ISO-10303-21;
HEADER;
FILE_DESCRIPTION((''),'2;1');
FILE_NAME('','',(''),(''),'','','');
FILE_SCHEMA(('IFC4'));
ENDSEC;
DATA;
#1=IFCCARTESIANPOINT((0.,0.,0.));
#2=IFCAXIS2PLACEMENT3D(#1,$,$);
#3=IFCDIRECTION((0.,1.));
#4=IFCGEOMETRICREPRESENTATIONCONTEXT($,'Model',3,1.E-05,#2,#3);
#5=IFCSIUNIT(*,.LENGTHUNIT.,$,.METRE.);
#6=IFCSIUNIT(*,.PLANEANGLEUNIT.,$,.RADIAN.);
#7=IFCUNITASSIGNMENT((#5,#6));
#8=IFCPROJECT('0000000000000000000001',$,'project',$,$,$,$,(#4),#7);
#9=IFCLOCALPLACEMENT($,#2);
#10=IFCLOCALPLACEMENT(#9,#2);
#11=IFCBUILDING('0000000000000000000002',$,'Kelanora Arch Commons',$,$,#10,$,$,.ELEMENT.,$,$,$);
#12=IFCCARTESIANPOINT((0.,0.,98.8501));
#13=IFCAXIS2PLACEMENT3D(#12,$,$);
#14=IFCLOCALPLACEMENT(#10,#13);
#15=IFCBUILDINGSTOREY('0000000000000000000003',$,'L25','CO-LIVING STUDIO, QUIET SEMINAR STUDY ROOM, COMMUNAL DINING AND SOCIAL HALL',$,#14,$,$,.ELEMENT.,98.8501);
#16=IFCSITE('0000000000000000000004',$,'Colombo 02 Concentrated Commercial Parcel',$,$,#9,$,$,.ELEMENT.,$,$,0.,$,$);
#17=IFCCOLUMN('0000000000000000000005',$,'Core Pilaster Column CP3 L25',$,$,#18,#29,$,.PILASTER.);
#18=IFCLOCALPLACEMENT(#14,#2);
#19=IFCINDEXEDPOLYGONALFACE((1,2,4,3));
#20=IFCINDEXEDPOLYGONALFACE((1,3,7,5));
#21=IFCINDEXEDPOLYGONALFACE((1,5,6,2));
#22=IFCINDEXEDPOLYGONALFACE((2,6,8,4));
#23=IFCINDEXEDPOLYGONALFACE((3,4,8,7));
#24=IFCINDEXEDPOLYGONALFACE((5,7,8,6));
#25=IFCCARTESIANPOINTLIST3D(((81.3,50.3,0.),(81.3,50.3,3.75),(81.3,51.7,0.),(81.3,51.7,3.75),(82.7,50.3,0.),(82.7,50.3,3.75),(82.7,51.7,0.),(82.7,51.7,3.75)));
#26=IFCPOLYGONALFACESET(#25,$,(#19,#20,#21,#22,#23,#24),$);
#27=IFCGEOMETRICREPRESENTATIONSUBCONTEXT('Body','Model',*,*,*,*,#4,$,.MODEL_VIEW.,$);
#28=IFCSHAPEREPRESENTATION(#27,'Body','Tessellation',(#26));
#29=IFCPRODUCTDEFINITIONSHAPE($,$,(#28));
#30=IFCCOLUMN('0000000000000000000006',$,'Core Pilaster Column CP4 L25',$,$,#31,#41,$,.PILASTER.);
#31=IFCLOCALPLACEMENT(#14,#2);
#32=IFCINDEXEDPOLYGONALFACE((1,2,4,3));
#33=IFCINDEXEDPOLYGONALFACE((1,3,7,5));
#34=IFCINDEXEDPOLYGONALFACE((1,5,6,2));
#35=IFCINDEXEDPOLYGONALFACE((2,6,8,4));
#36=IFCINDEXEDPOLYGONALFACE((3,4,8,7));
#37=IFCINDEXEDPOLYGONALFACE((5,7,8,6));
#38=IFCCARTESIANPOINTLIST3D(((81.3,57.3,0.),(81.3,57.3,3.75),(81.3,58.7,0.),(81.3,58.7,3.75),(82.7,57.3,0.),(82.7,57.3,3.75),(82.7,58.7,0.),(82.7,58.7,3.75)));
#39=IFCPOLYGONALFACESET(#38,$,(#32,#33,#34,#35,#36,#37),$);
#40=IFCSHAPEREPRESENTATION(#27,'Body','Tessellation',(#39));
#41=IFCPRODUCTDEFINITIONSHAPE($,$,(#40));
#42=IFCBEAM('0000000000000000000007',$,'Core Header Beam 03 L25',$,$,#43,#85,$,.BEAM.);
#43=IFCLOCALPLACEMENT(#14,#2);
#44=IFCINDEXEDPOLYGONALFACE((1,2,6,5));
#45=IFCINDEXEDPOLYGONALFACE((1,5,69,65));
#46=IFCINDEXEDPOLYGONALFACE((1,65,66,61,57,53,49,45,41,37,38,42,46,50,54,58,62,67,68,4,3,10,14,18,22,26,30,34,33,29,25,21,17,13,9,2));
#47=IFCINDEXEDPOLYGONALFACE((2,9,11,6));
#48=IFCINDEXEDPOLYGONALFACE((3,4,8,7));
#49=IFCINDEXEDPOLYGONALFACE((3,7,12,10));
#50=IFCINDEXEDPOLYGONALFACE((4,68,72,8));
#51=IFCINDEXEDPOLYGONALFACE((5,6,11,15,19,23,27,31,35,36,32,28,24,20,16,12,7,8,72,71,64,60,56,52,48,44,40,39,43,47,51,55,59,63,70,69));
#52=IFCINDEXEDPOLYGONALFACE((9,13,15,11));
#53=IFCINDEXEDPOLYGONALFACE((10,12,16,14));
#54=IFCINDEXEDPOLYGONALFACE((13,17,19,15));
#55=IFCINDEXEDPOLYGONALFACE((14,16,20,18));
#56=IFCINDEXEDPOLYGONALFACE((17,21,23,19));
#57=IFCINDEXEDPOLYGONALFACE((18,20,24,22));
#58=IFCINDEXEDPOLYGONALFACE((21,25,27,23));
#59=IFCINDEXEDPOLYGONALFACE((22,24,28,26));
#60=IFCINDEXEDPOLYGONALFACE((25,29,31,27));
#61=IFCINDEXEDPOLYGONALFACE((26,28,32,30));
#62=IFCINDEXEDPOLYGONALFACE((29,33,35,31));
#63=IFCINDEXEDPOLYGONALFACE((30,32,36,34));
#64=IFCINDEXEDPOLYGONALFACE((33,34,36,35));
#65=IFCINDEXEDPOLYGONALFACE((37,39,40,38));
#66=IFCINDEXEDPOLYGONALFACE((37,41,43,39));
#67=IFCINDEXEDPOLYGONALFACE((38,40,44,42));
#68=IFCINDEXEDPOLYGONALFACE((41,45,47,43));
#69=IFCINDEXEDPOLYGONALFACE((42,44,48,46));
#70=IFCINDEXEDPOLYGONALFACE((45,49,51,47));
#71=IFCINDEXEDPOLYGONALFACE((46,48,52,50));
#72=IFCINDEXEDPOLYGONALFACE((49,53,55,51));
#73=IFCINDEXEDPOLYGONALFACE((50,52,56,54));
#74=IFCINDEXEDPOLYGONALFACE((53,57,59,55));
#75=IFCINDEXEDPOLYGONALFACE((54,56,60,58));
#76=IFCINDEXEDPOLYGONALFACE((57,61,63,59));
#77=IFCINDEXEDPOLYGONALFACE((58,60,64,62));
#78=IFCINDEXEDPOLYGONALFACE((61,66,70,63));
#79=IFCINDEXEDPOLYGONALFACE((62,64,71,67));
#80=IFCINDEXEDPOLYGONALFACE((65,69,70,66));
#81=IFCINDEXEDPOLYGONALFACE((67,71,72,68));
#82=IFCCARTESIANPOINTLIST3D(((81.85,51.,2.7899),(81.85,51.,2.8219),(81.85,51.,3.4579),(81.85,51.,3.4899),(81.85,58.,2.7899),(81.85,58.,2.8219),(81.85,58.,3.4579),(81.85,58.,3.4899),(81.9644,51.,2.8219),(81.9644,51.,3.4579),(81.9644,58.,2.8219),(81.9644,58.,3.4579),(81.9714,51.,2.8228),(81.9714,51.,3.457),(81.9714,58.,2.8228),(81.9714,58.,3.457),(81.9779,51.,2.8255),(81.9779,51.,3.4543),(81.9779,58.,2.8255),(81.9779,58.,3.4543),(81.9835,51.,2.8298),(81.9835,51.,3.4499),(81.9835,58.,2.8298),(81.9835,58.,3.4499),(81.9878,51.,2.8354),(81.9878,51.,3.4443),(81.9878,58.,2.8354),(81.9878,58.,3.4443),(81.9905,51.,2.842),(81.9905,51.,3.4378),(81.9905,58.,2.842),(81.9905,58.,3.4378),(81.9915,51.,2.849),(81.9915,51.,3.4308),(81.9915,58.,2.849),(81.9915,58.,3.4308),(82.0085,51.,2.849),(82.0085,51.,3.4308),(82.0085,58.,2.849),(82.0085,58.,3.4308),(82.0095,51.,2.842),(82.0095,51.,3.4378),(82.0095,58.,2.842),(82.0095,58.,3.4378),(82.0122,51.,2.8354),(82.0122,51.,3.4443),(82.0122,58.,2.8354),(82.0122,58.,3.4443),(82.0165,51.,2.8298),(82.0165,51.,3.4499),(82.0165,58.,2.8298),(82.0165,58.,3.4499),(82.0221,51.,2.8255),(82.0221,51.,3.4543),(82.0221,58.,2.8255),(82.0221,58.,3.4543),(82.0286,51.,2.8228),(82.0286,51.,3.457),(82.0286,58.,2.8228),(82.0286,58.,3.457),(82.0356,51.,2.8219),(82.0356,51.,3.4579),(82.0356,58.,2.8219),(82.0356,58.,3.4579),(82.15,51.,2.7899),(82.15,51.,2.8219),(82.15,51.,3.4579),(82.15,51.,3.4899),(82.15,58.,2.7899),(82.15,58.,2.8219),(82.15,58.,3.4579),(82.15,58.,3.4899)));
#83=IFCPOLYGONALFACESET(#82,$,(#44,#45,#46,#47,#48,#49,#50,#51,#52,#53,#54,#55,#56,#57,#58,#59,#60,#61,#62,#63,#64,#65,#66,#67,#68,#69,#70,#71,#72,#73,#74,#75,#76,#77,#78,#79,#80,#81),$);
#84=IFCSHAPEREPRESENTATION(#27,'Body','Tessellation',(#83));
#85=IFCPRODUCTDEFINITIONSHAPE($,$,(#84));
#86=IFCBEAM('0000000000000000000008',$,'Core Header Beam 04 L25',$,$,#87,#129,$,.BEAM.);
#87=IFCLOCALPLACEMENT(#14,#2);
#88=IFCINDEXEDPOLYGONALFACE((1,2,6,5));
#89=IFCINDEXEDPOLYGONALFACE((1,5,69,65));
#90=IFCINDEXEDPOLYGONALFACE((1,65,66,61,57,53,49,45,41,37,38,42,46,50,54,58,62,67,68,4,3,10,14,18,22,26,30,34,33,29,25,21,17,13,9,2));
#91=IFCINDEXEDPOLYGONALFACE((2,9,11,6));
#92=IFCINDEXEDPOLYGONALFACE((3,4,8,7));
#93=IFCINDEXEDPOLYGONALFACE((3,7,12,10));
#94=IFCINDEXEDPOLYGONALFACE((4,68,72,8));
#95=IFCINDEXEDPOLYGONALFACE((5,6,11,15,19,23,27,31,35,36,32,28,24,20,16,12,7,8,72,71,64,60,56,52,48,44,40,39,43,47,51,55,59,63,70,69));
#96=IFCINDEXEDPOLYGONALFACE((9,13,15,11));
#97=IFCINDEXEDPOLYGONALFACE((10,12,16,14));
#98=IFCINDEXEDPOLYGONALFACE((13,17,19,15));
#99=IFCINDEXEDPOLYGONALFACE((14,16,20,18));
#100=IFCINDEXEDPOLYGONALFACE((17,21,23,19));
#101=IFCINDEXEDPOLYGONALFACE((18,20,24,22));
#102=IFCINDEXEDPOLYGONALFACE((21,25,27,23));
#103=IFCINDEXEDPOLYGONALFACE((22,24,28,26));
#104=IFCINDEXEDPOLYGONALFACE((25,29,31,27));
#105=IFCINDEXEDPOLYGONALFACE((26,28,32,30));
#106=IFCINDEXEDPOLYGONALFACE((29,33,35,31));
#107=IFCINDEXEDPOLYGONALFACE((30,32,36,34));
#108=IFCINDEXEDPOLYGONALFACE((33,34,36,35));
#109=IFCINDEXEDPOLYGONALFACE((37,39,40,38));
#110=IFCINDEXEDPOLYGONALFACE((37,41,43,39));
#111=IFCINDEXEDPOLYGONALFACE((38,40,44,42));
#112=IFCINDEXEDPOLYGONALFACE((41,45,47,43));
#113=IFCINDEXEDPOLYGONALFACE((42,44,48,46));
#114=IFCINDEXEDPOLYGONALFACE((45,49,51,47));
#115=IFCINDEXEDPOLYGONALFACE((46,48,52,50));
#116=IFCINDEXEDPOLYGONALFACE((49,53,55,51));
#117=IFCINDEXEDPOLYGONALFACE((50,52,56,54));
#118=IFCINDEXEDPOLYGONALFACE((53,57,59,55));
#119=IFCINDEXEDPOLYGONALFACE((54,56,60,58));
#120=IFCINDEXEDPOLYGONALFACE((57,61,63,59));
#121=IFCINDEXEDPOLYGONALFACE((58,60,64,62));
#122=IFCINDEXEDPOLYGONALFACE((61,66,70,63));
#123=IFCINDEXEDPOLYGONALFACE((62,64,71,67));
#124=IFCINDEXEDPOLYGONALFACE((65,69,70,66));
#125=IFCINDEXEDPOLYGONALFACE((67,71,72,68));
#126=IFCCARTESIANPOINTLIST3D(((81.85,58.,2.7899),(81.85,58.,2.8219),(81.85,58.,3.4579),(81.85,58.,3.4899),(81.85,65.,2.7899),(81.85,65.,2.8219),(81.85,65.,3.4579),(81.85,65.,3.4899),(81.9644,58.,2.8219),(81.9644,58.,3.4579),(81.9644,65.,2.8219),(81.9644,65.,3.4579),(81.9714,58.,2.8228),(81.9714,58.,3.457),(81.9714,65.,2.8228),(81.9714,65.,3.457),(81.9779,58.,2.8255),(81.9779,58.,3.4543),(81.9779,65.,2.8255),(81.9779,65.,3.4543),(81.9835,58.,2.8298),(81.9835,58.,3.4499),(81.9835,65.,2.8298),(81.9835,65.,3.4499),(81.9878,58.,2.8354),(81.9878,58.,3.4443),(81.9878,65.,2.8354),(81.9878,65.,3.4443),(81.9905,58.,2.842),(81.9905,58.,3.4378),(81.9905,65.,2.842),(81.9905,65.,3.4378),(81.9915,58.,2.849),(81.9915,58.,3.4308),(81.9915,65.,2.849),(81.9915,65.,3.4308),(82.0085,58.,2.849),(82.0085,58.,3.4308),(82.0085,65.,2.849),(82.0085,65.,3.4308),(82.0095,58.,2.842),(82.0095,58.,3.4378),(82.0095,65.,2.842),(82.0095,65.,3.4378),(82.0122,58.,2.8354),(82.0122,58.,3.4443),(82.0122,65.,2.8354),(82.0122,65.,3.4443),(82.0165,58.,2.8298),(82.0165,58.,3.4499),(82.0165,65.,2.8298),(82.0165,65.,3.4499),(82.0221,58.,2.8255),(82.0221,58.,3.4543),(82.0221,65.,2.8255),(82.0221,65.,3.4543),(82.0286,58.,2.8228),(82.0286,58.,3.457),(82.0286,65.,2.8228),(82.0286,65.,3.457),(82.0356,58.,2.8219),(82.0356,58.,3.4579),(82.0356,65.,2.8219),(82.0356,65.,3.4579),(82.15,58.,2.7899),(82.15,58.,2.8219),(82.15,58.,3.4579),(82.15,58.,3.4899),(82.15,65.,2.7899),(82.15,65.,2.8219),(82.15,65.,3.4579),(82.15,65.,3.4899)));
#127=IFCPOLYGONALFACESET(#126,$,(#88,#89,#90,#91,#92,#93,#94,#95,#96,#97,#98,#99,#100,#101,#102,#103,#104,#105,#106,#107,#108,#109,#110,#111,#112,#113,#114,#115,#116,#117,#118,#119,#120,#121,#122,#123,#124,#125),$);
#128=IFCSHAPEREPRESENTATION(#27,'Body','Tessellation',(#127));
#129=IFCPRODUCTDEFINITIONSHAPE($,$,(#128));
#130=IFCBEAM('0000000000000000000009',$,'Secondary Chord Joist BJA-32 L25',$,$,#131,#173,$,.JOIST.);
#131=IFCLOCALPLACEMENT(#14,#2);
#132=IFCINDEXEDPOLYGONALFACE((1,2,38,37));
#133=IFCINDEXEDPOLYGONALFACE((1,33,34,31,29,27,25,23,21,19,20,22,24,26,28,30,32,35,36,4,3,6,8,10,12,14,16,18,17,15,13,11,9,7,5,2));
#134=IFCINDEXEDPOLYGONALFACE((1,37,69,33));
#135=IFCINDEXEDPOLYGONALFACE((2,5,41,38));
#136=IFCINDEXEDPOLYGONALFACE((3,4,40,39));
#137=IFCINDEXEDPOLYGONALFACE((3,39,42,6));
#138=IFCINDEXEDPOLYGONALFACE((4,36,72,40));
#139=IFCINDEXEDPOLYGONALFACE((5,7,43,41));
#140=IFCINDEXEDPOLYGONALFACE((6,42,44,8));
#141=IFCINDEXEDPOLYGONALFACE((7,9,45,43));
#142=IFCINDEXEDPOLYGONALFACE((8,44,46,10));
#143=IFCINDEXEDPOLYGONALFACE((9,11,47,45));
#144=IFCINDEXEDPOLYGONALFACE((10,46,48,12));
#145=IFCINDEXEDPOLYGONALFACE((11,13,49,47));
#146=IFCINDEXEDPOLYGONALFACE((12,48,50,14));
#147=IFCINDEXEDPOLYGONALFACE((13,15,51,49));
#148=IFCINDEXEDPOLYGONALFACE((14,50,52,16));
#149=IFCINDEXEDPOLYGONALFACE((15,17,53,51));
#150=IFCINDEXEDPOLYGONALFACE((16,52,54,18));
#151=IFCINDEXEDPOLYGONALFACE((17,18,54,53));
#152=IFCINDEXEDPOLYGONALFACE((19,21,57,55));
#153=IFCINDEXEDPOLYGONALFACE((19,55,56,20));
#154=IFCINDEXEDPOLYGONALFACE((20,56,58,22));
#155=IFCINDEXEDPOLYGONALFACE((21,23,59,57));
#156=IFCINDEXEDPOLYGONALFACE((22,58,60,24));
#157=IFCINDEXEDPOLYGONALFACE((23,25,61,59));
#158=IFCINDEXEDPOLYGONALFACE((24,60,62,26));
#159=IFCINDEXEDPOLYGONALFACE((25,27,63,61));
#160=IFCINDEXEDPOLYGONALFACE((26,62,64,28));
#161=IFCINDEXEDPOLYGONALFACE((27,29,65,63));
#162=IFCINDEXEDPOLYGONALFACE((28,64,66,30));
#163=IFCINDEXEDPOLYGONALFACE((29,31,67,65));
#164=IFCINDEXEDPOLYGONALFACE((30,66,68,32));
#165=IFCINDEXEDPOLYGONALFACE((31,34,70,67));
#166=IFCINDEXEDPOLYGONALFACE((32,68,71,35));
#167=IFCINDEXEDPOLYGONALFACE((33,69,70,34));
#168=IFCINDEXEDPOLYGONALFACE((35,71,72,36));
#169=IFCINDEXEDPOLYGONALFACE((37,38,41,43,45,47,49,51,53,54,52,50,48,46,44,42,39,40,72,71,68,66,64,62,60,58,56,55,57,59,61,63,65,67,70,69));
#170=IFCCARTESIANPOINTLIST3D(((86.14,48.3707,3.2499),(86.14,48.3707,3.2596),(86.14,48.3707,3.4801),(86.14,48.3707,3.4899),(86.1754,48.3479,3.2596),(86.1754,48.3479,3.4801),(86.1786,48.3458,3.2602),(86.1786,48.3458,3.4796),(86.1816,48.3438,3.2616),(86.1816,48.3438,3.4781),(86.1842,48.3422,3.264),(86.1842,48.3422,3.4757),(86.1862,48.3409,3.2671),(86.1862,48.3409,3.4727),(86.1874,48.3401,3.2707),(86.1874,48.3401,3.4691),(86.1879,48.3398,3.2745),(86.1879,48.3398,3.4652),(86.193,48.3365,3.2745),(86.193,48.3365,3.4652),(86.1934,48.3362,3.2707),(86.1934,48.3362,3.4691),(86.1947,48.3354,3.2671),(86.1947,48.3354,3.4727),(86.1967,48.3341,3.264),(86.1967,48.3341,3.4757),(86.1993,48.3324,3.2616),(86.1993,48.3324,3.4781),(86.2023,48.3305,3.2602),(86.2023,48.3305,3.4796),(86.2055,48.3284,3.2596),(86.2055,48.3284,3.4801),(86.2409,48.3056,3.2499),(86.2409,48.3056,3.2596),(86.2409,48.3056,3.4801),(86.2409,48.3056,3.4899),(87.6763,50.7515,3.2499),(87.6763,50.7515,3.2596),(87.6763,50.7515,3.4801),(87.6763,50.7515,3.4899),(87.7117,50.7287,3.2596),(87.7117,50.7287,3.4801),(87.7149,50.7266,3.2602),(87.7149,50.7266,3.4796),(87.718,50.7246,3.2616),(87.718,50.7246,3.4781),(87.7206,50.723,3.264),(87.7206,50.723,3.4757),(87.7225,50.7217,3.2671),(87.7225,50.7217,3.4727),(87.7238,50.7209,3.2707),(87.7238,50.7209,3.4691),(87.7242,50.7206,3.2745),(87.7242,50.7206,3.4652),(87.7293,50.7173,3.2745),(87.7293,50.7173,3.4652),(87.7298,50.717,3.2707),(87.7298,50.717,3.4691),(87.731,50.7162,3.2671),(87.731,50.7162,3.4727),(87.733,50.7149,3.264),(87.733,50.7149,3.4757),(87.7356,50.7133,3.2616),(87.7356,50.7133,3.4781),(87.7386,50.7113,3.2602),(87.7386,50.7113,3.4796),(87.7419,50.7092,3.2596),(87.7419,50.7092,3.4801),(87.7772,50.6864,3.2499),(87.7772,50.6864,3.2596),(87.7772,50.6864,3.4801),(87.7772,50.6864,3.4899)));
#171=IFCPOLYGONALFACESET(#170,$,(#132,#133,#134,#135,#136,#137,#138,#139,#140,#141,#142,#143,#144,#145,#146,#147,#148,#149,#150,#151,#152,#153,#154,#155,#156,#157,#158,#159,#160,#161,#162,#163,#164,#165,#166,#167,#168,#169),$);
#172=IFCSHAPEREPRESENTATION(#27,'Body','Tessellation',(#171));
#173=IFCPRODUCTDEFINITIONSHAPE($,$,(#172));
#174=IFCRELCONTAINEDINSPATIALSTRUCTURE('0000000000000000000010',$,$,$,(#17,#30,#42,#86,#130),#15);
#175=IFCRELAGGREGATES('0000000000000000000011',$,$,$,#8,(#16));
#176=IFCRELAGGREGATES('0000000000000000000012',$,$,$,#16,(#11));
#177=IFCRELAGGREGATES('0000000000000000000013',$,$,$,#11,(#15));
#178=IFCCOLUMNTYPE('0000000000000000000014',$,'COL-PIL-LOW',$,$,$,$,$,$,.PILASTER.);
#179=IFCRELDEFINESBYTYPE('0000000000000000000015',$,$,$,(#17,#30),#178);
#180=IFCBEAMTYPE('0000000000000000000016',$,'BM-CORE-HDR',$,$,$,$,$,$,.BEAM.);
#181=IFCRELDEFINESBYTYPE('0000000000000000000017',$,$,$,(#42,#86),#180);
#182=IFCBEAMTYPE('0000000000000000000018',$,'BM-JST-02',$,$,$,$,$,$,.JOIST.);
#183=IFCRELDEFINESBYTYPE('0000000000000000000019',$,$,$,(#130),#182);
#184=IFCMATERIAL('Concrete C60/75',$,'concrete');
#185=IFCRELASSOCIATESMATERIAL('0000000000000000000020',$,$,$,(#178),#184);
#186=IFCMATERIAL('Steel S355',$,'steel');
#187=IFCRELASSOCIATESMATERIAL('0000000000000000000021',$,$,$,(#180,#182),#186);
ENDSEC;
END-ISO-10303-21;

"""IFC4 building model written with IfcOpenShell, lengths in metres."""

from ifc_helpers import new_model, si_unit, direction, frame, origin, origin_2d, place, context, subcontext, project, spatial, rectangle, i_section, extrude, material, material_profile, profile_set, type_object, element, save


model = new_model("IFC4")

# Units and contexts
model_context = context("Model", 3, precision=1e-05, world=origin(), true_north=direction((0.0, 1.0)))
body_context = subcontext(model_context, "Body", "Model", "MODEL_VIEW")
ifc_project = project(units=[si_unit("LENGTHUNIT", "METRE"), si_unit("PLANEANGLEUNIT", "RADIAN")], contexts=[model_context])

# Site, building, storey
site_placement = place(None, origin())
site = spatial("IfcSite", under=ifc_project, at=site_placement, Name="Colombo 02 Concentrated Commercial Parcel", CompositionType="ELEMENT", RefElevation=0.0)
building_placement = place(site_placement, origin())
building = spatial("IfcBuilding", under=site, at=building_placement, Name="Kelanora Arch Commons", CompositionType="ELEMENT")
storey_placement = place(building_placement, frame((0.0, 0.0, 98.8501)))
storey = spatial("IfcBuildingStorey", under=building, at=storey_placement, Name="L25", Description="CO-LIVING STUDIO, QUIET SEMINAR STUDY ROOM, COMMUNAL DINING AND SOCIAL HALL", CompositionType="ELEMENT", Elevation=98.8501)

# Columns
ifc_material_1 = material(Name="Concrete C60/75", Category="concrete")
ifc_material_profile_1 = material_profile(ifc_material_1, rectangle(XDim=1.3999, YDim=1.3999, at=origin_2d()), Name="RC1400x1400")
ifc_profile_set_1 = profile_set([ifc_material_profile_1], Name="Concrete C60/75")
column_type = type_object("IfcColumnType", Name="COL-PIL-LOW", PredefinedType="PILASTER", material=ifc_profile_set_1)
for number, where, z_axis, x_axis, name in (
    (1, (82.0, 51.0, 0.0), (0.0, 0.0, 1.0), (1.0, 0.0, 0.0), "Core Pilaster Column CP3 L25"),
    (2, (82.0, 58.0, 0.0), (0.0, 0.0, 1.0), (1.0, 0.0, 0.0), "Core Pilaster Column CP4 L25"),
):
    element("IfcColumn", number, at=place(storey_placement, frame(where, z_axis=z_axis, x_axis=x_axis)), inside=storey, type_object=column_type, Name=name, PredefinedType="PILASTER", context=body_context, shape_type="SweptSolid", body=[
        extrude(rectangle(XDim=1.3999, YDim=1.3999, at=origin_2d()), origin(), (0.0, 0.0, 1.0), 3.75),
    ])

# Beams
ifc_material_2 = material(Name="Steel S355", Category="steel")
ifc_material_profile_2 = material_profile(ifc_material_2, i_section(OverallWidth=0.3, OverallDepth=0.7, WebThickness=0.0171, FlangeThickness=0.032, FilletRadius=0.0271, at=origin_2d()), Name="HEB700")
ifc_profile_set_2 = profile_set([ifc_material_profile_2], Name="Steel S355")
beam_type_1 = type_object("IfcBeamType", Name="BM-CORE-HDR", PredefinedType="BEAM", material=ifc_profile_set_2)
for number, where, z_axis, x_axis, name in (
    (3, (82.0, 51.0, 3.1399), (0.0, 1.0, 0.0), (-1.0, 0.0, 0.0), "Core Header Beam 03 L25"),
    (4, (82.0, 58.0, 3.1399), (0.0, 1.0, 0.0), (-1.0, 0.0, 0.0), "Core Header Beam 04 L25"),
):
    element("IfcBeam", number, at=place(storey_placement, frame(where, z_axis=z_axis, x_axis=x_axis)), inside=storey, type_object=beam_type_1, Name=name, PredefinedType="BEAM", context=body_context, shape_type="SweptSolid", body=[
        extrude(i_section(OverallWidth=0.3, OverallDepth=0.7, WebThickness=0.0171, FlangeThickness=0.032, FilletRadius=0.0271, at=origin_2d()), origin(), (0.0, 0.0, 1.0), 7.0),
    ])
ifc_material_profile_3 = material_profile(ifc_material_2, i_section(OverallWidth=0.1201, OverallDepth=0.24, WebThickness=0.0061, FlangeThickness=0.0098, FilletRadius=0.0149, at=origin_2d()), Name="IPE240")
ifc_profile_set_3 = profile_set([ifc_material_profile_3], Name="Steel S355")
beam_type_2 = type_object("IfcBeamType", Name="BM-JST-02", PredefinedType="JOIST", material=ifc_profile_set_3)
beam_1_placement = place(storey_placement, frame((86.1904, 48.3381, 3.3699), z_axis=(0.542211, 0.840242, 0.0), x_axis=(-0.840242, 0.542211, 0.0)))
element("IfcBeam", 5, at=beam_1_placement, inside=storey, type_object=beam_type_2, Name="Secondary Chord Joist BJA-32 L25", PredefinedType="JOIST", context=body_context, shape_type="SweptSolid", body=[
    extrude(i_section(OverallWidth=0.1201, OverallDepth=0.24, WebThickness=0.0061, FlangeThickness=0.0098, FilletRadius=0.0149, at=origin_2d()), origin(), (0.0, 0.0, 1.0), 2.8335),
])

save(model, "model.ifc")
